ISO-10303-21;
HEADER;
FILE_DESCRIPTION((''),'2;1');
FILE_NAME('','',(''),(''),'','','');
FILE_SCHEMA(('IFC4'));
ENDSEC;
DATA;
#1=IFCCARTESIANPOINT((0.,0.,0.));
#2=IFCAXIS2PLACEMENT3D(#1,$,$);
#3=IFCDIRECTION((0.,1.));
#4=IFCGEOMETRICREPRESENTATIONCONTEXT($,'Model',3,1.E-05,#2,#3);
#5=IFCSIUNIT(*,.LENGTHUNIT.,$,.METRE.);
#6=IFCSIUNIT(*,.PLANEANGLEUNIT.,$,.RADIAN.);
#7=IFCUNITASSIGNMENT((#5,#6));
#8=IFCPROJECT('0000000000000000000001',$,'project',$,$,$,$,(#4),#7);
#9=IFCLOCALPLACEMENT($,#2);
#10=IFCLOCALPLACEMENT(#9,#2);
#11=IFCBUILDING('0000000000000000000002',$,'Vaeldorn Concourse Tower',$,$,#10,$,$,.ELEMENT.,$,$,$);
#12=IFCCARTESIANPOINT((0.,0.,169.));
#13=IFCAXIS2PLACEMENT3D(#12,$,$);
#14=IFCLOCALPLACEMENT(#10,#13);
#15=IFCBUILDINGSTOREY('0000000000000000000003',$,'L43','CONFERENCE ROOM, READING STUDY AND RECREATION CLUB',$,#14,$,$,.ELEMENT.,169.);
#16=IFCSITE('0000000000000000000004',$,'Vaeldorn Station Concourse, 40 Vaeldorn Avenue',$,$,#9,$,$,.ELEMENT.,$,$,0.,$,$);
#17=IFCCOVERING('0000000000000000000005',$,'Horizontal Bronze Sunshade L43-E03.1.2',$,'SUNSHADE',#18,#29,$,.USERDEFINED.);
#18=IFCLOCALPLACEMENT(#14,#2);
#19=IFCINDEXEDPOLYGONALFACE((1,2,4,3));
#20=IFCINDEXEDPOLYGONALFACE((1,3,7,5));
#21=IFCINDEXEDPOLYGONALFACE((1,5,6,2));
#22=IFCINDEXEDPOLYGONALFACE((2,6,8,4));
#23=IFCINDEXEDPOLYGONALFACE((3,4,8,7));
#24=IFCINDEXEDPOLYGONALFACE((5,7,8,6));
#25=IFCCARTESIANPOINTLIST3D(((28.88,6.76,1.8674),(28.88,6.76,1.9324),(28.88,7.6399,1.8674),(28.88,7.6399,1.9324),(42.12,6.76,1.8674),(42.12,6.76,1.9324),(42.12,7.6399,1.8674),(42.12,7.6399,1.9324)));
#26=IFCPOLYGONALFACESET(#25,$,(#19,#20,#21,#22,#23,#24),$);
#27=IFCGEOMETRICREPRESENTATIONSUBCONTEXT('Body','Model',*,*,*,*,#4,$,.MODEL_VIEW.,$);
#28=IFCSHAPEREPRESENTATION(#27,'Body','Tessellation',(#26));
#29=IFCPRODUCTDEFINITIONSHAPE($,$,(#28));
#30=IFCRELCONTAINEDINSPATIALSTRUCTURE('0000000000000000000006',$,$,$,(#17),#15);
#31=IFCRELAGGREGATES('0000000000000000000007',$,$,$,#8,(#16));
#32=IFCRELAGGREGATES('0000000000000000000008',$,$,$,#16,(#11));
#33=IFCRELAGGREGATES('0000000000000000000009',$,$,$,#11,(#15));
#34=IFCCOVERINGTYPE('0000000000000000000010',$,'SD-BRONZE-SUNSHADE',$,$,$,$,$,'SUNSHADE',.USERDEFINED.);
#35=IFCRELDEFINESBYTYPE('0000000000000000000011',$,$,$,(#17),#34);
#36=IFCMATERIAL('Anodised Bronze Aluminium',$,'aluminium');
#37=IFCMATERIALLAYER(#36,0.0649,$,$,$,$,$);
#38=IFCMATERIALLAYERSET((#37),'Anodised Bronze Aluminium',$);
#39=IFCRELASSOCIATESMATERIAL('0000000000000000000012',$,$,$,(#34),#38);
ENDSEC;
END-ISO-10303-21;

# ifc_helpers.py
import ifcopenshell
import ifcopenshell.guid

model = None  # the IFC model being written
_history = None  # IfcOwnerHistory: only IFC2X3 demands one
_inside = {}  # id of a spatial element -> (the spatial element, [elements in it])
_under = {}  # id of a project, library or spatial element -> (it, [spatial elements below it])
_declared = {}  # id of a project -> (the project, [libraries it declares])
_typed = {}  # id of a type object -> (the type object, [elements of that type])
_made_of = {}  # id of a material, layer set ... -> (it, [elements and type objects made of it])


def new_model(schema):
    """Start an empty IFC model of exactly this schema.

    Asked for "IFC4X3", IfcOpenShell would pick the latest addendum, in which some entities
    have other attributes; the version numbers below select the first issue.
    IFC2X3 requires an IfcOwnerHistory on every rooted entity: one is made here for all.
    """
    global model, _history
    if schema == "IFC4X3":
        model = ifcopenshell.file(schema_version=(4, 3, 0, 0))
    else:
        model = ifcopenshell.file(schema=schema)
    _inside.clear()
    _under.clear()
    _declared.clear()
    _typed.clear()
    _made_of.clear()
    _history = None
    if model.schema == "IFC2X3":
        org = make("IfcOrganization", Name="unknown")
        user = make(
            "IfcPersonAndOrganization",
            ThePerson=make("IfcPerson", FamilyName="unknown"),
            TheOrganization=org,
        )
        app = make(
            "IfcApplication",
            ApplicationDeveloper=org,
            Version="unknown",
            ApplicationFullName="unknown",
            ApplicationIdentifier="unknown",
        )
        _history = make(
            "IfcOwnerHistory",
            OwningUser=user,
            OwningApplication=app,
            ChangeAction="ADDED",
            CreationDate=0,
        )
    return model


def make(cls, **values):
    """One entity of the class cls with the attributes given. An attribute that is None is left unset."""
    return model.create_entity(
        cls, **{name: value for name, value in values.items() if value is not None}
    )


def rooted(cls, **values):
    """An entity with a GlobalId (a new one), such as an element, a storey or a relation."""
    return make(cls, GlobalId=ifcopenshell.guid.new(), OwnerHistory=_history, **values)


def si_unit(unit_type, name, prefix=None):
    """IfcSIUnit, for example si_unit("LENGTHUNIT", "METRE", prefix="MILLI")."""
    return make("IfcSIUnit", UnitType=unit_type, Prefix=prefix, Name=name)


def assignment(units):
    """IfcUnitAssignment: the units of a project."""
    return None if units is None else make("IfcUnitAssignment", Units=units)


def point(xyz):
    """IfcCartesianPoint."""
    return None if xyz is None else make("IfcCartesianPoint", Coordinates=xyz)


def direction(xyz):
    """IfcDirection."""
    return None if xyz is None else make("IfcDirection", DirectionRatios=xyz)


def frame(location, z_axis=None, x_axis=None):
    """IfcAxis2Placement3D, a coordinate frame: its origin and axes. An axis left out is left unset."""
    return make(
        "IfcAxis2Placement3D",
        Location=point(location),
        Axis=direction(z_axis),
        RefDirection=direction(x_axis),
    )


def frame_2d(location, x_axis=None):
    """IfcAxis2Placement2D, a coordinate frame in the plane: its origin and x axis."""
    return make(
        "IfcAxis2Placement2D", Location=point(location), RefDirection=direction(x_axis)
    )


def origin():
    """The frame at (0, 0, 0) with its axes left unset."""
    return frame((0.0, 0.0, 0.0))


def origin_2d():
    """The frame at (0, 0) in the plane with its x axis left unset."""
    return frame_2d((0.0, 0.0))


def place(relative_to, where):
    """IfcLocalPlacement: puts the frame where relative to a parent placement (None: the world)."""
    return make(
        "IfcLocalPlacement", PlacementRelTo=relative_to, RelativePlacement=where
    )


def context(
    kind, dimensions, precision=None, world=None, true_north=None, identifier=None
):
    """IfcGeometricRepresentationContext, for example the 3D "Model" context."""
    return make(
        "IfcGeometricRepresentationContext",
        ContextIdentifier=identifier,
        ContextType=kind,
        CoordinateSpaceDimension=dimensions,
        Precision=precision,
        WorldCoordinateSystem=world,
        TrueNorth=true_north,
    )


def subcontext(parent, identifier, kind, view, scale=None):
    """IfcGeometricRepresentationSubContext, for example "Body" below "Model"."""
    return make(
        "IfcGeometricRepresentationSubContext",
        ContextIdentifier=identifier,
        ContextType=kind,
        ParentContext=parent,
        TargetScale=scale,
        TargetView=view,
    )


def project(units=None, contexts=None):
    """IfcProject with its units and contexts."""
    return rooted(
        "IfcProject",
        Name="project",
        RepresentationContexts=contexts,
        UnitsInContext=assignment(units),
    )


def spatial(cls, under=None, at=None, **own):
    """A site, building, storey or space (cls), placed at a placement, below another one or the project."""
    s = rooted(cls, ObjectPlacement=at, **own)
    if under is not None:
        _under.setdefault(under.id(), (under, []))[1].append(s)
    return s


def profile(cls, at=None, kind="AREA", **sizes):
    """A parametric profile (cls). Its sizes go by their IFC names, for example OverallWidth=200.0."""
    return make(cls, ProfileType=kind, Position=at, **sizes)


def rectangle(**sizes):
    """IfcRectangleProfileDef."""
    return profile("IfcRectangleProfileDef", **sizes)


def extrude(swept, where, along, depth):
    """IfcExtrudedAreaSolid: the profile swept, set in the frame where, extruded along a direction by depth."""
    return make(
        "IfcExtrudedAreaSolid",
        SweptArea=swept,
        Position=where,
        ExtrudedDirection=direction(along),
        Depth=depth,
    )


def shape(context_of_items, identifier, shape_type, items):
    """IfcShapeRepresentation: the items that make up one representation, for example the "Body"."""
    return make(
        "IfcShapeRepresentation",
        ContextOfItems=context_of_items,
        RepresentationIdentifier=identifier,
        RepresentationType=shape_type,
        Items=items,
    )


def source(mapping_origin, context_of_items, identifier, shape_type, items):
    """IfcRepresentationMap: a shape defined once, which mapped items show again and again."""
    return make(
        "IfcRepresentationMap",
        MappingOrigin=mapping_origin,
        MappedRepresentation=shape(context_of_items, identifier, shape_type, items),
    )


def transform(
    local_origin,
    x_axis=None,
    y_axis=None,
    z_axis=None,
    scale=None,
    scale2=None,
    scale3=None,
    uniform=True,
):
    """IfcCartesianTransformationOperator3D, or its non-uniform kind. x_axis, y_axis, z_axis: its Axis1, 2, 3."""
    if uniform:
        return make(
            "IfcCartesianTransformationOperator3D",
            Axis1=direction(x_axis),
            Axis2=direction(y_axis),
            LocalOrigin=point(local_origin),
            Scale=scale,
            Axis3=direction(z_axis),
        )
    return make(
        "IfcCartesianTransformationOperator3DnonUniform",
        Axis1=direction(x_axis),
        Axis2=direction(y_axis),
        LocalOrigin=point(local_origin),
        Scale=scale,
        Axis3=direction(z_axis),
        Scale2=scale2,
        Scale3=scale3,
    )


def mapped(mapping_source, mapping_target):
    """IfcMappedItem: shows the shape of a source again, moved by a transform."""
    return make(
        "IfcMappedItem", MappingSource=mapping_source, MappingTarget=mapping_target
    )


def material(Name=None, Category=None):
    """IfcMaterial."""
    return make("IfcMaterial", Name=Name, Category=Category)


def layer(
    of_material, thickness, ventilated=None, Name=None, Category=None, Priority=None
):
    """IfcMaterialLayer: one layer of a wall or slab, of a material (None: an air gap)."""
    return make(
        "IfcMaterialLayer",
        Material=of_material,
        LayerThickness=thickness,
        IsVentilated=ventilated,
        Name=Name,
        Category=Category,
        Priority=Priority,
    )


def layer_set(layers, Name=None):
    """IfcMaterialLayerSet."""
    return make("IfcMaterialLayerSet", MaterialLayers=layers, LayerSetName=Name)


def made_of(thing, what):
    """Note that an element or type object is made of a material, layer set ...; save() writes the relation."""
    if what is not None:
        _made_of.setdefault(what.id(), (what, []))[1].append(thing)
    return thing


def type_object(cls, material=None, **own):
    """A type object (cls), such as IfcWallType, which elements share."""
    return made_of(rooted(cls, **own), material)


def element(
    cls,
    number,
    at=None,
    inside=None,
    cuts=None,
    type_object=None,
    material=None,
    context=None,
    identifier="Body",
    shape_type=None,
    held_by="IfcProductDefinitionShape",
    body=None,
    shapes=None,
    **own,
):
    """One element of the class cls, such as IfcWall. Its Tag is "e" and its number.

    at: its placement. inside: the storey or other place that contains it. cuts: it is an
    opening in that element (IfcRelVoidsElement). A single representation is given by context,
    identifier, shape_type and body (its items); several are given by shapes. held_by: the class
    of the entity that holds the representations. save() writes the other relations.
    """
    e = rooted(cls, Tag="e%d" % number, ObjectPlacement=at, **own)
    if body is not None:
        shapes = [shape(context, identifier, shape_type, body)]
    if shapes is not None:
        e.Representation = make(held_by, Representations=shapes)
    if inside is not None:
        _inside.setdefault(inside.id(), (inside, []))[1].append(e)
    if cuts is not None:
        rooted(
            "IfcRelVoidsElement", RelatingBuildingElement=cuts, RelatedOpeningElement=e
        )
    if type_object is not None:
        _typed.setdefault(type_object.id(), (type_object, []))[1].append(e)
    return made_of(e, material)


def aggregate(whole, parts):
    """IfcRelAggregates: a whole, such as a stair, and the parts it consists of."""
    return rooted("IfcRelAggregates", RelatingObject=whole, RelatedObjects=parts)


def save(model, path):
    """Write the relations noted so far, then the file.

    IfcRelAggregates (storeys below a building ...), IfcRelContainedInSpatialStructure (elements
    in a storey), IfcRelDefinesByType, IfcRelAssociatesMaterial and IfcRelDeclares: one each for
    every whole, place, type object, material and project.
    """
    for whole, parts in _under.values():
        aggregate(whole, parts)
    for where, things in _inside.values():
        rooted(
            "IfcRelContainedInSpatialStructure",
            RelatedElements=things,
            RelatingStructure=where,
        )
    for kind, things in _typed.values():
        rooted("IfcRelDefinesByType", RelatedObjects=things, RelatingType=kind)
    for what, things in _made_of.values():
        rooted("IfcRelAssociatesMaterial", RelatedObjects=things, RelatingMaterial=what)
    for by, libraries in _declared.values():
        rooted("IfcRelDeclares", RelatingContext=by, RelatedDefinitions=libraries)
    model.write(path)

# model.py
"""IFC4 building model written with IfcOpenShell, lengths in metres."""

from ifc_helpers import new_model, si_unit, direction, frame, origin, origin_2d, place, context, subcontext, project, spatial, rectangle, extrude, source, transform, mapped, material, layer, layer_set, type_object, element, save


model = new_model("IFC4")

# Units and contexts
model_context = context("Model", 3, precision=1e-05, world=origin(), true_north=direction((0.0, 1.0)))
body_context = subcontext(model_context, "Body", "Model", "MODEL_VIEW")
ifc_project = project(units=[si_unit("LENGTHUNIT", "METRE"), si_unit("PLANEANGLEUNIT", "RADIAN")], contexts=[model_context])

# Site, building, storey
site_placement = place(None, origin())
site = spatial("IfcSite", under=ifc_project, at=site_placement, Name="Vaeldorn Station Concourse, 40 Vaeldorn Avenue", CompositionType="ELEMENT", RefElevation=0.0)
building_placement = place(site_placement, origin())
building = spatial("IfcBuilding", under=site, at=building_placement, Name="Vaeldorn Concourse Tower", CompositionType="ELEMENT")
storey_placement = place(building_placement, frame((0.0, 0.0, 169.0)))
storey = spatial("IfcBuildingStorey", under=building, at=storey_placement, Name="L43", Description="CONFERENCE ROOM, READING STUDY AND RECREATION CLUB", CompositionType="ELEMENT", Elevation=169.0)

# Shared definitions
ifc_material_1 = material(Name="Anodised Bronze Aluminium", Category="aluminium")

# Covering
ifc_layer_1 = layer(ifc_material_1, 0.0649)
ifc_layer_set_1 = layer_set([ifc_layer_1], Name="Anodised Bronze Aluminium")
covering_type = type_object("IfcCoveringType", Name="SD-BRONZE-SUNSHADE", ElementType="SUNSHADE", PredefinedType="USERDEFINED", material=ifc_layer_set_1)
shared_shape_1 = source(origin(), body_context, "Body", "SweptSolid", [
    extrude(rectangle(XDim=13.24, YDim=0.8799, at=origin_2d()), origin(), (0.0, 0.0, 1.0), 0.0649),
])
for number, where, z_axis, x_axis, name in (
    (1, (35.5, 7.2, 1.8674), (0.0, 0.0, 1.0), (1.0, 0.0, 0.0), "Horizontal Bronze Sunshade L43-E03.1.2"),
):
    element("IfcCovering", number, at=place(storey_placement, frame(where, z_axis=z_axis, x_axis=x_axis)), inside=storey, type_object=covering_type, Name=name, ObjectType="SUNSHADE", PredefinedType="USERDEFINED", context=body_context, shape_type="MappedRepresentation", body=[
        mapped(shared_shape_1, transform((0.0, 0.0, 0.0), scale=1.0)),
    ])

save(model, "model.ifc")
